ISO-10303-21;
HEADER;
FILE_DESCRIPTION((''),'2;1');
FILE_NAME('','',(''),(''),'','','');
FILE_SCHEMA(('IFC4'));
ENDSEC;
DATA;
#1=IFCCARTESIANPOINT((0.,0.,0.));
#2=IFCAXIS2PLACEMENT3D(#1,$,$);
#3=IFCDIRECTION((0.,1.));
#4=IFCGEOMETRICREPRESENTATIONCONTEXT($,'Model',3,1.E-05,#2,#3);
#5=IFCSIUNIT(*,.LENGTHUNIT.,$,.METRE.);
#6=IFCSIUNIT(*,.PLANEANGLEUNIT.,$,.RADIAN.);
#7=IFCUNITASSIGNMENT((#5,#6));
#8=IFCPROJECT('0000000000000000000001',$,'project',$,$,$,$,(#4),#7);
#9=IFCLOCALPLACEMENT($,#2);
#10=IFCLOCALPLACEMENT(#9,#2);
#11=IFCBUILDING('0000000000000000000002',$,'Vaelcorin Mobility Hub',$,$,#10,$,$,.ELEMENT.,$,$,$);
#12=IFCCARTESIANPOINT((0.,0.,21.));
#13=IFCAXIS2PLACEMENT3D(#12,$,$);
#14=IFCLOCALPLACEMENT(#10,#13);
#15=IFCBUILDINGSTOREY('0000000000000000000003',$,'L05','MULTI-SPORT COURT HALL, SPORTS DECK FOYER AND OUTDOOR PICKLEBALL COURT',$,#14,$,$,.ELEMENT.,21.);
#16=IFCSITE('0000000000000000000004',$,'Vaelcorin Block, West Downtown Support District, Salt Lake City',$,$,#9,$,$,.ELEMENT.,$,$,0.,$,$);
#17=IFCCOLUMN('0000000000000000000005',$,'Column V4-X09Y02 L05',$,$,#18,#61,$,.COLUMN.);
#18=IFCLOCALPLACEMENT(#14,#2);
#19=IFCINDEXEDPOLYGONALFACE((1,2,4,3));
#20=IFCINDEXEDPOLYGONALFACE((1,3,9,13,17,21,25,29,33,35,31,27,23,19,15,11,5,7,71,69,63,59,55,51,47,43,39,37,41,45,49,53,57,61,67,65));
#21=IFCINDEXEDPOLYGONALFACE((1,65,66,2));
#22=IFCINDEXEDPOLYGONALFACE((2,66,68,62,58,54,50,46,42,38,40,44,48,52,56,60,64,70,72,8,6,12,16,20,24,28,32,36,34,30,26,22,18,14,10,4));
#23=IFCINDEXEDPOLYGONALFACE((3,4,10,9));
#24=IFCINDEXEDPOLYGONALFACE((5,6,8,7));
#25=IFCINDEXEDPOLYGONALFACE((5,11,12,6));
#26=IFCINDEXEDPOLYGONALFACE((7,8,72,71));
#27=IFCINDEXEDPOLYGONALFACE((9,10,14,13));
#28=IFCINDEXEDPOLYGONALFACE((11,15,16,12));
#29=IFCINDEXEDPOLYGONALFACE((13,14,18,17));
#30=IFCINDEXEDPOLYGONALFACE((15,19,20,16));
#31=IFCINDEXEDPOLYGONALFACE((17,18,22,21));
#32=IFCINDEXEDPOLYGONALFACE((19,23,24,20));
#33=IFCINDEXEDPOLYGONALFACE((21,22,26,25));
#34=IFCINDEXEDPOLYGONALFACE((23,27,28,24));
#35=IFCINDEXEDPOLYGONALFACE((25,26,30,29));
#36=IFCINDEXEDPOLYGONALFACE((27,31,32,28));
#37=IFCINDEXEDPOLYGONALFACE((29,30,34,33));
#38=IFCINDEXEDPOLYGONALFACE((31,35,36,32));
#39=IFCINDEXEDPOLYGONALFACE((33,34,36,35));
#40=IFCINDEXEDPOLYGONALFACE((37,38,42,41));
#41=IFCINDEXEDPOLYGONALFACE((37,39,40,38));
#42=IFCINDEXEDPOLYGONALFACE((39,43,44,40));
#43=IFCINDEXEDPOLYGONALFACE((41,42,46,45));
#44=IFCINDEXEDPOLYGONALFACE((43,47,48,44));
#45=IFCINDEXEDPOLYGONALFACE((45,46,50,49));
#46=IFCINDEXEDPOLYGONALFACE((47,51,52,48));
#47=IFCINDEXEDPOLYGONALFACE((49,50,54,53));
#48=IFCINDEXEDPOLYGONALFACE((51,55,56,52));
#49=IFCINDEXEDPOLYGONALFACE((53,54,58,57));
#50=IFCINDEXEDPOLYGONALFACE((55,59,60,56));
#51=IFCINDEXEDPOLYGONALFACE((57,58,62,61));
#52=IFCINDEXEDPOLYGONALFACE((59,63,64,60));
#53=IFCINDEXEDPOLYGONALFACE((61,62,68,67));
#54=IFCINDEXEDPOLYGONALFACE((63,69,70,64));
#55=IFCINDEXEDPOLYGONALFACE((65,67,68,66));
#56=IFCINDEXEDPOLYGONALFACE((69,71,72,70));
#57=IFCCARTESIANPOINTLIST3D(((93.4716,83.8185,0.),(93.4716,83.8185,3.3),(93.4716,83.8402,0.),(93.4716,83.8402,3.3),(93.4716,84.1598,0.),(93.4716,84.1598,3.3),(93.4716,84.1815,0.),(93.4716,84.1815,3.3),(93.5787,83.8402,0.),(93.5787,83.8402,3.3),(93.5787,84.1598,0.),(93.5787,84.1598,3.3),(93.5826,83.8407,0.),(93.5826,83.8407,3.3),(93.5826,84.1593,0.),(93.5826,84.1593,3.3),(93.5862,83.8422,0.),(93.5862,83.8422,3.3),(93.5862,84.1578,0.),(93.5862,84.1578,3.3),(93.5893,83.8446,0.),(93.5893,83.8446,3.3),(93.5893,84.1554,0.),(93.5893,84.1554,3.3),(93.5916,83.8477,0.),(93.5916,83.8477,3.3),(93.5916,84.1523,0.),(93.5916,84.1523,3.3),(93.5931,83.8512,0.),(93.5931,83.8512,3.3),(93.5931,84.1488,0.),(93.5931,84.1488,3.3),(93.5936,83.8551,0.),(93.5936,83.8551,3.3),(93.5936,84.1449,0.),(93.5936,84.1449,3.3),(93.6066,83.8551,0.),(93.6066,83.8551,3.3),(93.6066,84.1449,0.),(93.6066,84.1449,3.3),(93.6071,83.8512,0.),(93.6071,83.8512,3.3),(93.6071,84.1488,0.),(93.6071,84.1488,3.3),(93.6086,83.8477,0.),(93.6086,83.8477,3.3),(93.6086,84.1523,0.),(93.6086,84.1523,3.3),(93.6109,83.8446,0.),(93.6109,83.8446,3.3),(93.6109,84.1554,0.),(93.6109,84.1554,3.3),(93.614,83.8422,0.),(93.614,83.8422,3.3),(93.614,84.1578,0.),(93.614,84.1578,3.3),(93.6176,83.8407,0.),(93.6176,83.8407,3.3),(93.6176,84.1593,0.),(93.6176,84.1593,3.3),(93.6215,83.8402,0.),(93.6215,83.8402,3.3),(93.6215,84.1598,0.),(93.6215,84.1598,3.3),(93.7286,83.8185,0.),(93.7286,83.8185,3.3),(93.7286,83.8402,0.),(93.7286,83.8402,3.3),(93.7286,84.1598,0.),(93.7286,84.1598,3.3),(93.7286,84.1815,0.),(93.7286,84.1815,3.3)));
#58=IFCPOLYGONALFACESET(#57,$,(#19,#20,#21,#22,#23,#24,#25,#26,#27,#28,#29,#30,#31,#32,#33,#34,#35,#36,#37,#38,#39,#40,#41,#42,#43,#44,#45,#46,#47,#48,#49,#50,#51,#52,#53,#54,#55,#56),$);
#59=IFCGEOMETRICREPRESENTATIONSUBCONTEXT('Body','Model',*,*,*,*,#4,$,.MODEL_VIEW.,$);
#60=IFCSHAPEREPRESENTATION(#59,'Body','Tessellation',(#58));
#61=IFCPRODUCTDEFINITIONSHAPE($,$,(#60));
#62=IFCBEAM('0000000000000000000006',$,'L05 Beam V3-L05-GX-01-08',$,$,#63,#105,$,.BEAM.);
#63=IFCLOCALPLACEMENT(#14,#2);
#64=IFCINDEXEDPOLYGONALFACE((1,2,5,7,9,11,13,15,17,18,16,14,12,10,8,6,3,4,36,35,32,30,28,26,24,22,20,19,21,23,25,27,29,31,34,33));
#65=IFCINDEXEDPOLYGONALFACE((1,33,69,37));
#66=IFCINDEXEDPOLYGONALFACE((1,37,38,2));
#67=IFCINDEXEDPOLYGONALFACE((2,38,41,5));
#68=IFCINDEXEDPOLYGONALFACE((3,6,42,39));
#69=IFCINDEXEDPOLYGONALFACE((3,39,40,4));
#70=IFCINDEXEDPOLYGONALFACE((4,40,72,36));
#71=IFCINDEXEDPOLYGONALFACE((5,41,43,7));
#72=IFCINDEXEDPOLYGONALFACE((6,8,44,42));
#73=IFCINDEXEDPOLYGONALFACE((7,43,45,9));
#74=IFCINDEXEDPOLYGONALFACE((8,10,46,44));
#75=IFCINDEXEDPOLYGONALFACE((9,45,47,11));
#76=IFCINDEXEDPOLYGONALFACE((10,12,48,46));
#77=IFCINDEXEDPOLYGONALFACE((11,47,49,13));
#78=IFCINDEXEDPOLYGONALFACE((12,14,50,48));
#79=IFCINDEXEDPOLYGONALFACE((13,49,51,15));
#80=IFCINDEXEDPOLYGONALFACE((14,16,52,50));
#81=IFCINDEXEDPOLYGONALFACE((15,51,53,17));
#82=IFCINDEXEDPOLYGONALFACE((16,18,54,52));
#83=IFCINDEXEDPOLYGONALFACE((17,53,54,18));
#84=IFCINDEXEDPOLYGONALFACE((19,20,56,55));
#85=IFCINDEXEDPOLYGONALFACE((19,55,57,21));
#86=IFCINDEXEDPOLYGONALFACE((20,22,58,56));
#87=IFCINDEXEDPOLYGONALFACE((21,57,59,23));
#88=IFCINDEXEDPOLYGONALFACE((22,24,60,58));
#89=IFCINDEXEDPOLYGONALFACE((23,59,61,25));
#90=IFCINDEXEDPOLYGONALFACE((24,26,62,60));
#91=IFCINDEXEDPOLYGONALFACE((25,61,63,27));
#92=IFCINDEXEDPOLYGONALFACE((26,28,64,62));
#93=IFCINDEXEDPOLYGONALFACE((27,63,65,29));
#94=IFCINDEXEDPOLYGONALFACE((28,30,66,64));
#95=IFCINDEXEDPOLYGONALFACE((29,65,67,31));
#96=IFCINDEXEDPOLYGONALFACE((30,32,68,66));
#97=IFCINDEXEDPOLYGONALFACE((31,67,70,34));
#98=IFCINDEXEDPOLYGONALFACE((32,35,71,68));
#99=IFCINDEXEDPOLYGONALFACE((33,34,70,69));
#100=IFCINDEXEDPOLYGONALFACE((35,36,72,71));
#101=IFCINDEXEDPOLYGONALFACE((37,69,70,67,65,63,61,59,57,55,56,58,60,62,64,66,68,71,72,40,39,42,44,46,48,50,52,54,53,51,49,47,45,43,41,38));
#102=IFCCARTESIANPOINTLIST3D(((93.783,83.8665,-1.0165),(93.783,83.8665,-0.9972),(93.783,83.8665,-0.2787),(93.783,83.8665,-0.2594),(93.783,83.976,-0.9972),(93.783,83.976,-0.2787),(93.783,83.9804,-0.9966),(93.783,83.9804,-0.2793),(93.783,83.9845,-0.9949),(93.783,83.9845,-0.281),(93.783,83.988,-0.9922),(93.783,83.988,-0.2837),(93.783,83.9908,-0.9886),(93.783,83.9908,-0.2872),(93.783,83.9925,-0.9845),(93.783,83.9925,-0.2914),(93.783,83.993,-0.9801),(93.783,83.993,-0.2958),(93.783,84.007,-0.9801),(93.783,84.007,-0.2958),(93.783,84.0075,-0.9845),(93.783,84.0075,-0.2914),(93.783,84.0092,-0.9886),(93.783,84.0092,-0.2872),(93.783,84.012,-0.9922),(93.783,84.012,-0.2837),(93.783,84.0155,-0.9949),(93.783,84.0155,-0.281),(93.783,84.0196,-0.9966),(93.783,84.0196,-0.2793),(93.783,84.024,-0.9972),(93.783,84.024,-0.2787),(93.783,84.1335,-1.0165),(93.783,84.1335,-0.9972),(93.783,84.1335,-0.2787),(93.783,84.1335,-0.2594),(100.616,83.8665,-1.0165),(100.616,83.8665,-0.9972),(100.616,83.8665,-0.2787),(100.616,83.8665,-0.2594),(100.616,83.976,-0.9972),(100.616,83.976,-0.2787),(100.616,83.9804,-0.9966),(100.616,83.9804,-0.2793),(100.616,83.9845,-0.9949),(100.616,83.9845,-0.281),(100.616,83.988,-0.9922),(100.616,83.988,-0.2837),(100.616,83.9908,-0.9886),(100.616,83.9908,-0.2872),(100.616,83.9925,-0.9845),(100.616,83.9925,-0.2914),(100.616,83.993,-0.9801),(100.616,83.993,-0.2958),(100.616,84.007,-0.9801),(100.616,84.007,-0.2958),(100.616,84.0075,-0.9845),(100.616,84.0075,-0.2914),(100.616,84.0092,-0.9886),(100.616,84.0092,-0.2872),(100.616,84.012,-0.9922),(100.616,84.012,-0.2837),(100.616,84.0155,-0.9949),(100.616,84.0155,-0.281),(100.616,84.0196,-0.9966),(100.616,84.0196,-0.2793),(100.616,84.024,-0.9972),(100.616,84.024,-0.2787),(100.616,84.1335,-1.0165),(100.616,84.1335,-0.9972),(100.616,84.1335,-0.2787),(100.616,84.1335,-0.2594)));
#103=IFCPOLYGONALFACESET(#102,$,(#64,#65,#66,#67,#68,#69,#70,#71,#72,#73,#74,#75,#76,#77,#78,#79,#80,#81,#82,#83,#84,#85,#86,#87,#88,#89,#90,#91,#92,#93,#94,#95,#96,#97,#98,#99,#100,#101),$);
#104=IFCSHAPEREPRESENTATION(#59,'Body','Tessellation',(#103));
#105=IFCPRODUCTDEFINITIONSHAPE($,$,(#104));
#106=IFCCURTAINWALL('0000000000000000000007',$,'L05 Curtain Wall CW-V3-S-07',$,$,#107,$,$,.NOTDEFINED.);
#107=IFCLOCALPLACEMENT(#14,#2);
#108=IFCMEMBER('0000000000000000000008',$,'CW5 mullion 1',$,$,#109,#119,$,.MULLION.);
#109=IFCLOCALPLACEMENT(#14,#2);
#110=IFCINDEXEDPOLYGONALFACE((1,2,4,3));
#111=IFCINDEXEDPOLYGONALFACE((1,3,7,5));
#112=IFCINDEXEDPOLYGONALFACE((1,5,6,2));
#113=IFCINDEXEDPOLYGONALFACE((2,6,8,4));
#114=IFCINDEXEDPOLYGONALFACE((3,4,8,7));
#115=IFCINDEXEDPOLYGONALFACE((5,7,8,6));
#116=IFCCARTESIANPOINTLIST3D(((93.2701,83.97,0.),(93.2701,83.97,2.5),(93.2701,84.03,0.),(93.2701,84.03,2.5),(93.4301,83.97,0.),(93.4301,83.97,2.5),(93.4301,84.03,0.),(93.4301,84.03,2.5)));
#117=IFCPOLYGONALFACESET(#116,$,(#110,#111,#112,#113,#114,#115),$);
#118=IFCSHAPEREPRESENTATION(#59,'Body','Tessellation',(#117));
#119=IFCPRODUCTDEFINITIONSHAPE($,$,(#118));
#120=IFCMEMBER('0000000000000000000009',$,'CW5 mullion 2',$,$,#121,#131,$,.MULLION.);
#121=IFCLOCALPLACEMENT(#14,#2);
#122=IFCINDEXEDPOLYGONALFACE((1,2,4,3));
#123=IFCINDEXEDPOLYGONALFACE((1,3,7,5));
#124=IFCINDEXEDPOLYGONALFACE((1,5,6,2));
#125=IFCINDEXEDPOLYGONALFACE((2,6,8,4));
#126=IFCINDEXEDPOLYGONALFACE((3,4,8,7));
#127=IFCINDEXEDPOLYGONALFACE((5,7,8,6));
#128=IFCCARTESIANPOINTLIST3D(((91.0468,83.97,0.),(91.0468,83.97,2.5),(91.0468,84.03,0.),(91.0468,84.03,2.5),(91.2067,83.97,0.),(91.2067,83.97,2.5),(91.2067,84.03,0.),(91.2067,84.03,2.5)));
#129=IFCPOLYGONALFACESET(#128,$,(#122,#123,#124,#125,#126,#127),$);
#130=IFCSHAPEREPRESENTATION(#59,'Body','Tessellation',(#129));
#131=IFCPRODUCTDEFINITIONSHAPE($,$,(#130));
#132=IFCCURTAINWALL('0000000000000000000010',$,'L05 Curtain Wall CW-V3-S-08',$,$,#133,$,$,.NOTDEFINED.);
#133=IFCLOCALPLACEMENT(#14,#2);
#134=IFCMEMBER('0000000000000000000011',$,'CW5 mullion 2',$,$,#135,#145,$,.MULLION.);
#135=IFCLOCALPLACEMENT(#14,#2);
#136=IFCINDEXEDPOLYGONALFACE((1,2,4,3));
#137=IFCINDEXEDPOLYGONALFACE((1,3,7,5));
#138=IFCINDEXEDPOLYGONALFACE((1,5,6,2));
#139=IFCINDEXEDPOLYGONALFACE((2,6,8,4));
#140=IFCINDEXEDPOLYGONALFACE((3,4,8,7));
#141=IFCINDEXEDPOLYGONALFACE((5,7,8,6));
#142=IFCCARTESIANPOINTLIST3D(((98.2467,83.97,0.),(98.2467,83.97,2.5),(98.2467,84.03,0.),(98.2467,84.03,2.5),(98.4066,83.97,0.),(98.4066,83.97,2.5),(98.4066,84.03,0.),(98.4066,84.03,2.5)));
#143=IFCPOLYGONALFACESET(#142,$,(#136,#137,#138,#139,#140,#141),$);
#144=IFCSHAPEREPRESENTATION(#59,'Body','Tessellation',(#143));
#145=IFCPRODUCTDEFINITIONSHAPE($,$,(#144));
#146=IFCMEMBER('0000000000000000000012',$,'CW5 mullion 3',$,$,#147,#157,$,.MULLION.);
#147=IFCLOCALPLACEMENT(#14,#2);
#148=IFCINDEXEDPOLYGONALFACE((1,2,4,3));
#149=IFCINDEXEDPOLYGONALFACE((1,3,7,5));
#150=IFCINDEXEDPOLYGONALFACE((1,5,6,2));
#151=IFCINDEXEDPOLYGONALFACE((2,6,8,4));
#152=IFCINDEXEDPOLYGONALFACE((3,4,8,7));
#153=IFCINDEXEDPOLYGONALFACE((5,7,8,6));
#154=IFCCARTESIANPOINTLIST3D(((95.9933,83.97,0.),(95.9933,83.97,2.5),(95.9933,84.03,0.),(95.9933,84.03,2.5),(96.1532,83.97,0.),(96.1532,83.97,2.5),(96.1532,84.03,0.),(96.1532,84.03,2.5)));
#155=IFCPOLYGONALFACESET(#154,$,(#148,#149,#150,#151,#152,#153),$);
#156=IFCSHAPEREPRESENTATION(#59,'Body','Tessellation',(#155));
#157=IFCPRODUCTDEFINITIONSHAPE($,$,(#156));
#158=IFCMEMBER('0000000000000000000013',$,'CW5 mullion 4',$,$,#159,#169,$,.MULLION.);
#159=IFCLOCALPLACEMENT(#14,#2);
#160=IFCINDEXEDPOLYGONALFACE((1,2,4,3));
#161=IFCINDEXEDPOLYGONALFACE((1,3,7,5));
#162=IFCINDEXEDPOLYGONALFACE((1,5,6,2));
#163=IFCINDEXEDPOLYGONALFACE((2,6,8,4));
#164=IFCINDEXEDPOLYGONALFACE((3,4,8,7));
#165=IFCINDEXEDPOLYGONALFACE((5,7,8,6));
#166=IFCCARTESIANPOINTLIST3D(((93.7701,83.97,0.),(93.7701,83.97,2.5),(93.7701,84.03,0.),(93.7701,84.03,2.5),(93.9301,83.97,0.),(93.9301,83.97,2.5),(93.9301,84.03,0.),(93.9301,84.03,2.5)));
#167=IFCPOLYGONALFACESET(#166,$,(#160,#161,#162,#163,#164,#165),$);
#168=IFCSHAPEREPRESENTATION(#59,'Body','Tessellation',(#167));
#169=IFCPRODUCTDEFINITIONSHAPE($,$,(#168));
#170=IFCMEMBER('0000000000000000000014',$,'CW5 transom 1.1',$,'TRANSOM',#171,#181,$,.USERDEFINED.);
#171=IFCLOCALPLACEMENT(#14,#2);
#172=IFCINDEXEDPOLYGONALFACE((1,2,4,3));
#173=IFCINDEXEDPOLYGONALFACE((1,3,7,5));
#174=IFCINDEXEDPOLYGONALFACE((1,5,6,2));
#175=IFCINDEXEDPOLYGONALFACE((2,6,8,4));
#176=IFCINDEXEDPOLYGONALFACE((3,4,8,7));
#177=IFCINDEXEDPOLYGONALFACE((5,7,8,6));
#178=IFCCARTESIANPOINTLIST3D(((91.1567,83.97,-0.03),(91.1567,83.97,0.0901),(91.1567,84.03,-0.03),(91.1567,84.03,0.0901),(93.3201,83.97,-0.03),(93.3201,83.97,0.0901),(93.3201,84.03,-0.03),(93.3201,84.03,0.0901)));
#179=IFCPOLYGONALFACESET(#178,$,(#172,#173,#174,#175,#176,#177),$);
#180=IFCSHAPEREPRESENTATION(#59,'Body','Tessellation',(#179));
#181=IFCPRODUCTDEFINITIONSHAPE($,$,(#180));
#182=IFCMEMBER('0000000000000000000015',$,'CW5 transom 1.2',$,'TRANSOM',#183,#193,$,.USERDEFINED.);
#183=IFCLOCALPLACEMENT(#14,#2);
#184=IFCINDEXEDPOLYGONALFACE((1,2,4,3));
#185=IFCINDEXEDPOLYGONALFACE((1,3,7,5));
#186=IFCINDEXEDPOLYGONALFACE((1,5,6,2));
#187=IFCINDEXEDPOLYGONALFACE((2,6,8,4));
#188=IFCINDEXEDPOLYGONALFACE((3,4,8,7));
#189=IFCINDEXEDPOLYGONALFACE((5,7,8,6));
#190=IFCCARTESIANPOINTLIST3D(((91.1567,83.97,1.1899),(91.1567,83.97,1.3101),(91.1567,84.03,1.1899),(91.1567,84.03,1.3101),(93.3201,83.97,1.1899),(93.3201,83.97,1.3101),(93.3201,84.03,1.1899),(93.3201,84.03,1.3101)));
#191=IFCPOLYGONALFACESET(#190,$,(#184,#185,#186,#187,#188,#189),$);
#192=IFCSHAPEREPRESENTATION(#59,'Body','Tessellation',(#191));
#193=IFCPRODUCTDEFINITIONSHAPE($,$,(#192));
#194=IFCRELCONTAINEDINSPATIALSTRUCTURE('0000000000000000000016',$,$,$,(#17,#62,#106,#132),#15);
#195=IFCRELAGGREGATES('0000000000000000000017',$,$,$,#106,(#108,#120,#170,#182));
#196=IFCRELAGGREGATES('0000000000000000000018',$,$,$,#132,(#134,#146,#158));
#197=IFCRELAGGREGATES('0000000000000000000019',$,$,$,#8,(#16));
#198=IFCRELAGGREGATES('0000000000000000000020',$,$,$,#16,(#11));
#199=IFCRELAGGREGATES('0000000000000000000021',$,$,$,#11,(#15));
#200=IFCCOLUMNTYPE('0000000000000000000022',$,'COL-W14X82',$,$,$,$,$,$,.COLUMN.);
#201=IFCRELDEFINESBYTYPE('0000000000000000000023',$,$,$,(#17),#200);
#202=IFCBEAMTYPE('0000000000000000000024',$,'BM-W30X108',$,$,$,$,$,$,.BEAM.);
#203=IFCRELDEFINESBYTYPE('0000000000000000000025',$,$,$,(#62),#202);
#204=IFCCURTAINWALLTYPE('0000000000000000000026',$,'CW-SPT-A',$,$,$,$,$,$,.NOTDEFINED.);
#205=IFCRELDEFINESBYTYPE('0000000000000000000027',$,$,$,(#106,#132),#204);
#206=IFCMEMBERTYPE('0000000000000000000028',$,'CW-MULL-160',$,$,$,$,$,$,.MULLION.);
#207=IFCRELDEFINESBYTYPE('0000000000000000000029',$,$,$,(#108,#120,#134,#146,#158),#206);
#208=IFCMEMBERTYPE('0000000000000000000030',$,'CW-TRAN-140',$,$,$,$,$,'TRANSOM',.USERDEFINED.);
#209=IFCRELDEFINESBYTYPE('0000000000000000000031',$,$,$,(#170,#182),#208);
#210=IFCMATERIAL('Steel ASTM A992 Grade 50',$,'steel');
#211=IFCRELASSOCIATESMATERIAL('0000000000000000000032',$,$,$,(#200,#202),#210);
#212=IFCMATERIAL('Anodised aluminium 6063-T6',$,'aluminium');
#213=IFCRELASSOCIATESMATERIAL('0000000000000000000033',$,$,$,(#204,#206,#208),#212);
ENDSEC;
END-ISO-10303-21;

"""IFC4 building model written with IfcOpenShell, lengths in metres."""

from ifc_helpers import new_model, si_unit, direction, frame, origin, origin_2d, place, context, subcontext, project, spatial, rectangle, i_section, extrude, material, material_profile, profile_set, type_object, element, aggregate, save


model = new_model("IFC4")

# Units and contexts
model_context = context("Model", 3, precision=1e-05, world=origin(), true_north=direction((0.0, 1.0)))
body_context = subcontext(model_context, "Body", "Model", "MODEL_VIEW")
ifc_project = project(units=[si_unit("LENGTHUNIT", "METRE"), si_unit("PLANEANGLEUNIT", "RADIAN")], contexts=[model_context])

# Site, building, storey
site_placement = place(None, origin())
site = spatial("IfcSite", under=ifc_project, at=site_placement, Name="Vaelcorin Block, West Downtown Support District, Salt Lake City", CompositionType="ELEMENT", RefElevation=0.0)
building_placement = place(site_placement, origin())
building = spatial("IfcBuilding", under=site, at=building_placement, Name="Vaelcorin Mobility Hub", CompositionType="ELEMENT")
storey_placement = place(building_placement, frame((0.0, 0.0, 21.0)))
storey = spatial("IfcBuildingStorey", under=building, at=storey_placement, Name="L05", Description="MULTI-SPORT COURT HALL, SPORTS DECK FOYER AND OUTDOOR PICKLEBALL COURT", CompositionType="ELEMENT", Elevation=21.0)

# Column
ifc_material_1 = material(Name="Steel ASTM A992 Grade 50", Category="steel")
ifc_material_profile_1 = material_profile(ifc_material_1, i_section(OverallWidth=0.2571, OverallDepth=0.363, WebThickness=0.0129, FlangeThickness=0.0217, FilletRadius=0.0149, at=origin_2d()), Name="W14X82")
ifc_profile_set_1 = profile_set([ifc_material_profile_1], Name="Steel ASTM A992 Grade 50")
column_type = type_object("IfcColumnType", Name="COL-W14X82", PredefinedType="COLUMN", material=ifc_profile_set_1)
column_placement = place(storey_placement, frame((93.6001, 84.0, 0.0), z_axis=(0.0, 0.0, 1.0), x_axis=(1.0, 0.0, 0.0)))
element("IfcColumn", 1, at=column_placement, inside=storey, type_object=column_type, Name="Column V4-X09Y02 L05", PredefinedType="COLUMN", context=body_context, shape_type="SweptSolid", body=[
    extrude(i_section(OverallWidth=0.2571, OverallDepth=0.363, WebThickness=0.0129, FlangeThickness=0.0217, FilletRadius=0.0149, at=origin_2d()), origin(), (0.0, 0.0, 1.0), 3.3),
])

# Beam
ifc_material_profile_2 = material_profile(ifc_material_1, i_section(OverallWidth=0.2671, OverallDepth=0.7571, WebThickness=0.0139, FlangeThickness=0.0193, FilletRadius=0.0171, at=origin_2d()), Name="W30X108")
ifc_profile_set_2 = profile_set([ifc_material_profile_2], Name="Steel ASTM A992 Grade 50")
beam_type = type_object("IfcBeamType", Name="BM-W30X108", PredefinedType="BEAM", material=ifc_profile_set_2)
beam_placement = place(storey_placement, frame((93.783, 84.0, -0.6379), z_axis=(1.0, 0.0, 0.0), x_axis=(0.0, 1.0, 0.0)))
element("IfcBeam", 2, at=beam_placement, inside=storey, type_object=beam_type, Name="L05 Beam V3-L05-GX-01-08", PredefinedType="BEAM", context=body_context, shape_type="SweptSolid", body=[
    extrude(i_section(OverallWidth=0.2671, OverallDepth=0.7571, WebThickness=0.0139, FlangeThickness=0.0193, FilletRadius=0.0171, at=origin_2d()), origin(), (0.0, 0.0, 1.0), 6.833),
])

# Curtain walls, members
ifc_material_2 = material(Name="Anodised aluminium 6063-T6", Category="aluminium")
curtain_wall_type = type_object("IfcCurtainWallType", Name="CW-SPT-A", PredefinedType="NOTDEFINED", material=ifc_material_2)
curtain_wall_1_placement = place(storey_placement, origin())
curtain_wall_1 = element("IfcCurtainWall", 3, at=curtain_wall_1_placement, inside=storey, type_object=curtain_wall_type, Name="L05 Curtain Wall CW-V3-S-07", PredefinedType="NOTDEFINED")
ifc_material_profile_3 = material_profile(ifc_material_2, rectangle(XDim=0.0601, YDim=0.1599, at=origin_2d()), Name="ALU-M60X160")
ifc_profile_set_3 = profile_set([ifc_material_profile_3], Name="Anodised aluminium 6063-T6")
member_type_1 = type_object("IfcMemberType", Name="CW-MULL-160", PredefinedType="MULLION", material=ifc_profile_set_3)
member_1_placement = place(storey_placement, frame((93.3501, 84.0, 0.0), z_axis=(0.0, 0.0, 1.0), x_axis=(0.0, -1.0, 0.0)))
member_1 = element("IfcMember", 4, at=member_1_placement, type_object=member_type_1, Name="CW5 mullion 1", PredefinedType="MULLION", context=body_context, shape_type="SweptSolid", body=[
    extrude(rectangle(XDim=0.0601, YDim=0.1599, at=origin_2d()), origin(), (0.0, 0.0, 1.0), 2.5),
])
member_2_placement = place(storey_placement, frame((91.1267, 84.0, 0.0), z_axis=(0.0, 0.0, 1.0), x_axis=(0.0, -1.0, 0.0)))
member_2 = element("IfcMember", 5, at=member_2_placement, type_object=member_type_1, Name="CW5 mullion 2", PredefinedType="MULLION", context=body_context, shape_type="SweptSolid", body=[
    extrude(rectangle(XDim=0.0601, YDim=0.1599, at=origin_2d()), origin(), (0.0, 0.0, 1.0), 2.5),
])
curtain_wall_2_placement = place(storey_placement, origin())
curtain_wall_2 = element("IfcCurtainWall", 6, at=curtain_wall_2_placement, inside=storey, type_object=curtain_wall_type, Name="L05 Curtain Wall CW-V3-S-08", PredefinedType="NOTDEFINED")
member_3_placement = place(storey_placement, frame((98.3267, 84.0, 0.0), z_axis=(0.0, 0.0, 1.0), x_axis=(0.0, -1.0, 0.0)))
member_3 = element("IfcMember", 7, at=member_3_placement, type_object=member_type_1, Name="CW5 mullion 2", PredefinedType="MULLION", context=body_context, shape_type="SweptSolid", body=[
    extrude(rectangle(XDim=0.0601, YDim=0.1599, at=origin_2d()), origin(), (0.0, 0.0, 1.0), 2.5),
])
member_4_placement = place(storey_placement, frame((96.0732, 84.0, 0.0), z_axis=(0.0, 0.0, 1.0), x_axis=(0.0, -1.0, 0.0)))
member_4 = element("IfcMember", 8, at=member_4_placement, type_object=member_type_1, Name="CW5 mullion 3", PredefinedType="MULLION", context=body_context, shape_type="SweptSolid", body=[
    extrude(rectangle(XDim=0.0601, YDim=0.1599, at=origin_2d()), origin(), (0.0, 0.0, 1.0), 2.5),
])
member_5_placement = place(storey_placement, frame((93.8501, 84.0, 0.0), z_axis=(0.0, 0.0, 1.0), x_axis=(0.0, -1.0, 0.0)))
member_5 = element("IfcMember", 9, at=member_5_placement, type_object=member_type_1, Name="CW5 mullion 4", PredefinedType="MULLION", context=body_context, shape_type="SweptSolid", body=[
    extrude(rectangle(XDim=0.0601, YDim=0.1599, at=origin_2d()), origin(), (0.0, 0.0, 1.0), 2.5),
])

# Members
ifc_material_profile_4 = material_profile(ifc_material_2, rectangle(XDim=0.0601, YDim=0.1201, at=origin_2d()), Name="ALU-T60X120")
ifc_profile_set_4 = profile_set([ifc_material_profile_4], Name="Anodised aluminium 6063-T6")
member_type_2 = type_object("IfcMemberType", Name="CW-TRAN-140", ElementType="TRANSOM", PredefinedType="USERDEFINED", material=ifc_profile_set_4)
member_6_placement = place(storey_placement, frame((93.3201, 84.0, 0.03), z_axis=(-1.0, 0.0, 0.0), x_axis=(0.0, -1.0, 0.0)))
member_6 = element("IfcMember", 10, at=member_6_placement, type_object=member_type_2, Name="CW5 transom 1.1", ObjectType="TRANSOM", PredefinedType="USERDEFINED", context=body_context, shape_type="SweptSolid", body=[
    extrude(rectangle(XDim=0.0601, YDim=0.1201, at=origin_2d()), origin(), (0.0, 0.0, 1.0), 2.1633),
])
member_7_placement = place(storey_placement, frame((93.3201, 84.0, 1.25), z_axis=(-1.0, 0.0, 0.0), x_axis=(0.0, -1.0, 0.0)))
member_7 = element("IfcMember", 11, at=member_7_placement, type_object=member_type_2, Name="CW5 transom 1.2", ObjectType="TRANSOM", PredefinedType="USERDEFINED", context=body_context, shape_type="SweptSolid", body=[
    extrude(rectangle(XDim=0.0601, YDim=0.1201, at=origin_2d()), origin(), (0.0, 0.0, 1.0), 2.1633),
])

aggregate(curtain_wall_1, [member_1, member_2, member_6, member_7])
aggregate(curtain_wall_2, [member_3, member_4, member_5])

save(model, "model.ifc")
